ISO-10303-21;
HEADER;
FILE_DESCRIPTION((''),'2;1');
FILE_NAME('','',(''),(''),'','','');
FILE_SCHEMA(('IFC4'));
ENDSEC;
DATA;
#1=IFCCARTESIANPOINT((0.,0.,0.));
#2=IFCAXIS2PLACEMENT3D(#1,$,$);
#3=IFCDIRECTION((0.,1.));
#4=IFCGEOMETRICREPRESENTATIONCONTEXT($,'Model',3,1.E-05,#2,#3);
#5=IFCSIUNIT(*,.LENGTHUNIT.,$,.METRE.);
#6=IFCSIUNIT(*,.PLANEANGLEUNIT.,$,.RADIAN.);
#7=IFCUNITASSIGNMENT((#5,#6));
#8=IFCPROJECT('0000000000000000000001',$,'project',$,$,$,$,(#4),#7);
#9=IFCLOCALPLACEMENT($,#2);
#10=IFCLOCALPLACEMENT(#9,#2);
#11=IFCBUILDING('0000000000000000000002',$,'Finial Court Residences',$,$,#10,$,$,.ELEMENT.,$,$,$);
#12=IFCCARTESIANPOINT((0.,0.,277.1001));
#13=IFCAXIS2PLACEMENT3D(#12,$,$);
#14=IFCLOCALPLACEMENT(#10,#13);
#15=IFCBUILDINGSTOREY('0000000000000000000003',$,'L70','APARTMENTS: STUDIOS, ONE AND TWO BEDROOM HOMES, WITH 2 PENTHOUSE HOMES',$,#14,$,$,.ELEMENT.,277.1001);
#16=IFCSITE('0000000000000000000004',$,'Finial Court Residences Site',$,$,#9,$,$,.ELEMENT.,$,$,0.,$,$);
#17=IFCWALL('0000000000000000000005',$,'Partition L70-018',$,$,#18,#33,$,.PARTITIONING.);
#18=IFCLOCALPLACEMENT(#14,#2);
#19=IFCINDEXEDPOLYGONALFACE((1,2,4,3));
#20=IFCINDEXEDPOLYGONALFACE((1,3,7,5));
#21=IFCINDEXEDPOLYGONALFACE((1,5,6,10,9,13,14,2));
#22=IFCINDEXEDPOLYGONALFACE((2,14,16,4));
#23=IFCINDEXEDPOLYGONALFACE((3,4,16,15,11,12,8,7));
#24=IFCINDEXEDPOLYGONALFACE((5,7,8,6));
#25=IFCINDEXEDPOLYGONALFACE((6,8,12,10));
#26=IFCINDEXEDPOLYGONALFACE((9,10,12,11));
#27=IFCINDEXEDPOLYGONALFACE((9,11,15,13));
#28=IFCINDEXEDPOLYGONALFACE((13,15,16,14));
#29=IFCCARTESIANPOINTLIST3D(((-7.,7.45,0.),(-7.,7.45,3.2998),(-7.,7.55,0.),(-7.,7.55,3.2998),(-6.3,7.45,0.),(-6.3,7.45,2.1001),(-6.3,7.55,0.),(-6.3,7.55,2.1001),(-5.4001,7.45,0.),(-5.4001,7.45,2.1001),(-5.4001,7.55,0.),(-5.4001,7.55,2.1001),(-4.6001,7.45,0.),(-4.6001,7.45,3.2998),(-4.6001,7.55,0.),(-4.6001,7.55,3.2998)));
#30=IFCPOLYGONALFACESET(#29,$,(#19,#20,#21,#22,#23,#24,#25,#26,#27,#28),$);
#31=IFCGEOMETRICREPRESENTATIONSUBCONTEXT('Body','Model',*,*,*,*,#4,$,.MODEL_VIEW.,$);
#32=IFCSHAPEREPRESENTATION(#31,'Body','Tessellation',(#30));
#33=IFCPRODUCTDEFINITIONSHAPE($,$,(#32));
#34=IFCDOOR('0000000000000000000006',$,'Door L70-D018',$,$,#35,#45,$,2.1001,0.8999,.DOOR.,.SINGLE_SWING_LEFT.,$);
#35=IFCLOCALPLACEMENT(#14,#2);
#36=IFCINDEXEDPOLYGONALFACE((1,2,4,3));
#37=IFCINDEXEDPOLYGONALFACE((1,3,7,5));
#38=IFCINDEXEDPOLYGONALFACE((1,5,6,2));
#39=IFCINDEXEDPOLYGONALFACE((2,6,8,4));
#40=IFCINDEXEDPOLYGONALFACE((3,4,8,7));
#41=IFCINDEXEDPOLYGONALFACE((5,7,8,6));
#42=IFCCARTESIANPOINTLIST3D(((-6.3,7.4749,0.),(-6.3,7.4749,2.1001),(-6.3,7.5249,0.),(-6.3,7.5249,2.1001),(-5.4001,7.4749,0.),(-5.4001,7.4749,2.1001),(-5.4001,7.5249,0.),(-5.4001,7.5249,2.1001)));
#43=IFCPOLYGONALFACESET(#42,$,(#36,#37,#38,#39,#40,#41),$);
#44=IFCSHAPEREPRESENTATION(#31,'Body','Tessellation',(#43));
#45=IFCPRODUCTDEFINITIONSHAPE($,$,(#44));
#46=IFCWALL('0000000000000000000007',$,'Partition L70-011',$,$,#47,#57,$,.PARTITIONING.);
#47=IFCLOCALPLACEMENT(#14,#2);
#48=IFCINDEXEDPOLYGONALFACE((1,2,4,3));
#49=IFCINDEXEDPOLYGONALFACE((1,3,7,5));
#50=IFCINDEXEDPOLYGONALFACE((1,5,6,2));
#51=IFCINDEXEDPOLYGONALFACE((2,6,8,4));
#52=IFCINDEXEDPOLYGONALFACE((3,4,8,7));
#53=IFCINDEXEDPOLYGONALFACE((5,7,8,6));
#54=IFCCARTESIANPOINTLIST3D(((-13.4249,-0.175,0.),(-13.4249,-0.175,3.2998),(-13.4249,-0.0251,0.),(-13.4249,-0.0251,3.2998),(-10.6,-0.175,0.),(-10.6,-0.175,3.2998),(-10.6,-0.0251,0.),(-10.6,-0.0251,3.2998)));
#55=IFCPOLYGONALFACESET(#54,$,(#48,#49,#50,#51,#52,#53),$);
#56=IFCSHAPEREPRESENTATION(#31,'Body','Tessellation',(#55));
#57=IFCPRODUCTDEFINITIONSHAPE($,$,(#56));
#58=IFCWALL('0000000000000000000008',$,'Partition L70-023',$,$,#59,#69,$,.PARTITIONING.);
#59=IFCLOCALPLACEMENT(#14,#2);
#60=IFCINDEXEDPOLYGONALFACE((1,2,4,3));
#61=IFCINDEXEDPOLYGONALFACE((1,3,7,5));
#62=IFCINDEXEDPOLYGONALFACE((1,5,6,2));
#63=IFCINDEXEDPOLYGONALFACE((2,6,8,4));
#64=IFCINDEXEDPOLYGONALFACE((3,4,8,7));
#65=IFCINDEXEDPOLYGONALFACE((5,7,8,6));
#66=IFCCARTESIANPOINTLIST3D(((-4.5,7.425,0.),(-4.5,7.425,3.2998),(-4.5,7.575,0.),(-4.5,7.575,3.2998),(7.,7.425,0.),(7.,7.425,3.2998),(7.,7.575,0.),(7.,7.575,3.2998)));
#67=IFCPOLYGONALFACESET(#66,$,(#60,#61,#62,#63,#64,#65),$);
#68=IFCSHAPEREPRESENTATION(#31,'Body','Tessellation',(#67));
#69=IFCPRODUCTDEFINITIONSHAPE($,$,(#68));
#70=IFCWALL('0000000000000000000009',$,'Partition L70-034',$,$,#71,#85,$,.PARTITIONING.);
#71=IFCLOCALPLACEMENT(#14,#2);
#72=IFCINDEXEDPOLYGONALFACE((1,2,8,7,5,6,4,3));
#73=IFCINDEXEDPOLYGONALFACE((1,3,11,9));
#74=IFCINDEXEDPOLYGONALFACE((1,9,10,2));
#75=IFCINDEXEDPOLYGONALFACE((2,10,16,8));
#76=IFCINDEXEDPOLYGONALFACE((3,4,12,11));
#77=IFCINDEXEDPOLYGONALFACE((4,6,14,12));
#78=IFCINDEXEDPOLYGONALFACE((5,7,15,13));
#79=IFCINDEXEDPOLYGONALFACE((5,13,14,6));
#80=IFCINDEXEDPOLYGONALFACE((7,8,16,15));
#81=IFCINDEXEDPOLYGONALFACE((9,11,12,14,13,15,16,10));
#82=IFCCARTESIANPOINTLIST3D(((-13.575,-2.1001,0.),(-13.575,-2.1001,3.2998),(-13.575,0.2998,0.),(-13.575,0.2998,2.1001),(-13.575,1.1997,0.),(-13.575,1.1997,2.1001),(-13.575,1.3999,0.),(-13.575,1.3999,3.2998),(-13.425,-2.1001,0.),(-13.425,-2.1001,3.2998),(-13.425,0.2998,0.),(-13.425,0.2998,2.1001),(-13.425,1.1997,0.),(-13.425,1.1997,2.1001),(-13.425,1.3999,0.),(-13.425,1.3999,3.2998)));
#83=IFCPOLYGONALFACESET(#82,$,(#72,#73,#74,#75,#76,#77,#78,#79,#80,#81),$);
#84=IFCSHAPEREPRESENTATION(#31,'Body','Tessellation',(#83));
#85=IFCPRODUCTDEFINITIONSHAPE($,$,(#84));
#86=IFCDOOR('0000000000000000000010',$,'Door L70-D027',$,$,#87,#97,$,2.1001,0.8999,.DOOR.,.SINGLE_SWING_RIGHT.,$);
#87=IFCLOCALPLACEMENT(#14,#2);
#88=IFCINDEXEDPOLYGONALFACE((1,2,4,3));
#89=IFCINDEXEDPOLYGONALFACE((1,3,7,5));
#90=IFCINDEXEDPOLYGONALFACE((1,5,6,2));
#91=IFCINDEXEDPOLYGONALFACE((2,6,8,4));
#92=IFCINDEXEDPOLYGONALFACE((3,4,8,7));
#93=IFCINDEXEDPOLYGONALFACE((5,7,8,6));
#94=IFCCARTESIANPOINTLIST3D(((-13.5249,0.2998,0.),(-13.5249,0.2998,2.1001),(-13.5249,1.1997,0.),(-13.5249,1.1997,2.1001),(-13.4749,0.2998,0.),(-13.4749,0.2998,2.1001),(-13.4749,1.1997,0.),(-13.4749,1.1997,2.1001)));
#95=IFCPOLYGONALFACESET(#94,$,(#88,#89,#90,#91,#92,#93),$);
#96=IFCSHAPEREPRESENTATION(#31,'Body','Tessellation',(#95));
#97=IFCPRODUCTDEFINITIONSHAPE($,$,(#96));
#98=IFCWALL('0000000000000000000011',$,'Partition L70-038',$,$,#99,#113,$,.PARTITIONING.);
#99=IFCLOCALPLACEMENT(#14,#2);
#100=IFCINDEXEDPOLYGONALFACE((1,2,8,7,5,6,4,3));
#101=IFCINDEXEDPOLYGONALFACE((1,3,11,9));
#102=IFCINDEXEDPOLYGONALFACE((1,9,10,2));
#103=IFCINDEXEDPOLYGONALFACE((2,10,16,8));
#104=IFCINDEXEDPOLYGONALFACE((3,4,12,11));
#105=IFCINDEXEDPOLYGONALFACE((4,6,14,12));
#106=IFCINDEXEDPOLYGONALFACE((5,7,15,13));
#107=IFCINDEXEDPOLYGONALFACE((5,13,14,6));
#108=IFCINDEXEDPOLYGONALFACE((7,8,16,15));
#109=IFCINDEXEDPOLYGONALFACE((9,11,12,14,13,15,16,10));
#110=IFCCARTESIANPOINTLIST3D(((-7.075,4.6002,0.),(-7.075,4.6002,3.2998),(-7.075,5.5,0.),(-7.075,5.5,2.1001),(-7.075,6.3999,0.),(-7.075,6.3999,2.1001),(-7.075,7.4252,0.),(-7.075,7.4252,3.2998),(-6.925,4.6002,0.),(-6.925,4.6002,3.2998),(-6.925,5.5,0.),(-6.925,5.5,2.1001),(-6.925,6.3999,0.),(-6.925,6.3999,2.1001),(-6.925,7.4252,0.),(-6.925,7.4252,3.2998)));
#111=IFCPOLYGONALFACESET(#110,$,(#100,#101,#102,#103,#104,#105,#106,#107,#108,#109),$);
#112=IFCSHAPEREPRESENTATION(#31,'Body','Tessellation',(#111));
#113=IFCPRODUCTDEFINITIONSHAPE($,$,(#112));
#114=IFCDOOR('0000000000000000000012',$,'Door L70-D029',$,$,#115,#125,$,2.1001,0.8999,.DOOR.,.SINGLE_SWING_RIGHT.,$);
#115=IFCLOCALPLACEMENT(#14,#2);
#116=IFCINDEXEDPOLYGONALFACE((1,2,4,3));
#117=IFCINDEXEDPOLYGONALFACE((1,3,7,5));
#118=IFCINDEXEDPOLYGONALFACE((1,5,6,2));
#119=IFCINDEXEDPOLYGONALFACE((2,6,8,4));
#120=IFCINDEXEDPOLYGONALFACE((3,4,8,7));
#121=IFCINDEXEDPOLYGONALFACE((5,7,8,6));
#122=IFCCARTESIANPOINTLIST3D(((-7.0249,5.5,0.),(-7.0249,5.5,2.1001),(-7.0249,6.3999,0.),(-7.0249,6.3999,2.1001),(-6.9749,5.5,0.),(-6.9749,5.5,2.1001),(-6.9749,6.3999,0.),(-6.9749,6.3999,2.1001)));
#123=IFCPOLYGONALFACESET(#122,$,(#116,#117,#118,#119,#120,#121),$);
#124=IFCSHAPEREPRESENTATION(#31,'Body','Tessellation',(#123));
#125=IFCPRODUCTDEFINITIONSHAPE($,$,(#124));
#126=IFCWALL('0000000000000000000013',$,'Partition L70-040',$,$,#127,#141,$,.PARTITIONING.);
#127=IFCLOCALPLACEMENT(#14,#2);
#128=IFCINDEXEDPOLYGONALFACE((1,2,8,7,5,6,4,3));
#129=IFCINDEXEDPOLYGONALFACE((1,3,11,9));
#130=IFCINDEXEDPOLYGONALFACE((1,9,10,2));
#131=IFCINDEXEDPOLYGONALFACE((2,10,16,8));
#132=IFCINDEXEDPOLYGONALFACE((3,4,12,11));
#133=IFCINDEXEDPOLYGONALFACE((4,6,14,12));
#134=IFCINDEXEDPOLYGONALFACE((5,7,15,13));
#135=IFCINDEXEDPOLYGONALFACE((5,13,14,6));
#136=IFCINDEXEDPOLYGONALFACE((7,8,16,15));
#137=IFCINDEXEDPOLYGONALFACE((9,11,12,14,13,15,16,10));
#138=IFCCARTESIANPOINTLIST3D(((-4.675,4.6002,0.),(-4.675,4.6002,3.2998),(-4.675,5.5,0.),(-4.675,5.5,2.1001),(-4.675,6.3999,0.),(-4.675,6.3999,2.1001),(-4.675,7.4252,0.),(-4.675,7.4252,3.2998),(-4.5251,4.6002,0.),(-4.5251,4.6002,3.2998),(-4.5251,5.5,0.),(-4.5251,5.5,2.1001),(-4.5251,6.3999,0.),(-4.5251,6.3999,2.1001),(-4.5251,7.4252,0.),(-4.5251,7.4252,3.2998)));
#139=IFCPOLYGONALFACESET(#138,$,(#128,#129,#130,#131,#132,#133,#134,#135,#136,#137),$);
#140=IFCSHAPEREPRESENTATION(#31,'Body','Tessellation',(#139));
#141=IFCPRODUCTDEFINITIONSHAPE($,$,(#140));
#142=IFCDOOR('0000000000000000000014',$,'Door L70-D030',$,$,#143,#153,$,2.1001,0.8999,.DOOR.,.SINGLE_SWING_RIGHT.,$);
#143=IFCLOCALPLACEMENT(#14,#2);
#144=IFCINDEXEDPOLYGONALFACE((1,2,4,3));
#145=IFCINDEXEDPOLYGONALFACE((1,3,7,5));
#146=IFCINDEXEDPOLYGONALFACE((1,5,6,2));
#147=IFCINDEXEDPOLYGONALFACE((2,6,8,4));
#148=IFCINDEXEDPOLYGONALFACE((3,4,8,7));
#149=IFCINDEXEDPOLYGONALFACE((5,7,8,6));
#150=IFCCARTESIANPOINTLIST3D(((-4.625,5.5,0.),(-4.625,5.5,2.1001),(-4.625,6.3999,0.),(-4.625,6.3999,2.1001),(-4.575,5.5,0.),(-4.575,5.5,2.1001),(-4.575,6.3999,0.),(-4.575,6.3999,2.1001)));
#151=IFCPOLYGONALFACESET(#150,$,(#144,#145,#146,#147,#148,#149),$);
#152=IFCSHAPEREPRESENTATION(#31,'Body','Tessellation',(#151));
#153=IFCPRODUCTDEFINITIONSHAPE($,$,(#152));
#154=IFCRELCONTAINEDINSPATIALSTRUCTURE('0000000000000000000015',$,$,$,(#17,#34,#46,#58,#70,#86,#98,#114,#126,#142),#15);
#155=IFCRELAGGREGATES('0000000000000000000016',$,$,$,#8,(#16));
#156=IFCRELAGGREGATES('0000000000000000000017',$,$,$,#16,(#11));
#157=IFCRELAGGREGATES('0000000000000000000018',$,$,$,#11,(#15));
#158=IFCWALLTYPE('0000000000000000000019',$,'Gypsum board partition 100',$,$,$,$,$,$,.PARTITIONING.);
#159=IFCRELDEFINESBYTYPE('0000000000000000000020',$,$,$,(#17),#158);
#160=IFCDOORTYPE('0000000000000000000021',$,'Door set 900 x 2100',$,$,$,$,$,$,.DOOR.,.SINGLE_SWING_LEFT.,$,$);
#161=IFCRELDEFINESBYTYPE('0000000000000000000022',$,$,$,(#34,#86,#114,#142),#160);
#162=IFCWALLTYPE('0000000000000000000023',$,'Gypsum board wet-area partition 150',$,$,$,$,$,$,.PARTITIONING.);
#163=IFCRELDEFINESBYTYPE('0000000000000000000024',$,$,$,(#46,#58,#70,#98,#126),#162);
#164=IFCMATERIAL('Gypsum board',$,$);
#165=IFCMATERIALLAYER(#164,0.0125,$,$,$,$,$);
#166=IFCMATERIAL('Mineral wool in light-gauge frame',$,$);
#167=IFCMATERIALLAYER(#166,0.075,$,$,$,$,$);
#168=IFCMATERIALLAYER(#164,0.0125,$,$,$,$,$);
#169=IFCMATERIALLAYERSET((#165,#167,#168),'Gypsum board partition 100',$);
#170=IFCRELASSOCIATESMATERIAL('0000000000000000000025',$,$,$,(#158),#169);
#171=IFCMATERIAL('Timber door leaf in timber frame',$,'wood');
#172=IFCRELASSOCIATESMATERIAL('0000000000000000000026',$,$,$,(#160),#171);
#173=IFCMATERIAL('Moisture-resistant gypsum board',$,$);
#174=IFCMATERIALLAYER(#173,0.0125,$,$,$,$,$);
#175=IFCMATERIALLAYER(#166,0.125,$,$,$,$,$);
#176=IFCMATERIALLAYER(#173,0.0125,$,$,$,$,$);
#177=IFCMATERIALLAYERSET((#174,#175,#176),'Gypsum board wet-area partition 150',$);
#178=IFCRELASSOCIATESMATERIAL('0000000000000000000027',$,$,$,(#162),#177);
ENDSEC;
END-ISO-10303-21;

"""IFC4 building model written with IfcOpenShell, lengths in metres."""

from ifc_helpers import new_model, si_unit, direction, frame, frame_2d, origin, place, context, subcontext, project, spatial, rectangle, extrude, material, layer, layer_set, type_object, element, fill, save


model = new_model("IFC4")

# Units and contexts
model_context = context("Model", 3, precision=1e-05, world=origin(), true_north=direction((0.0, 1.0)))
body_context = subcontext(model_context, "Body", "Model", "MODEL_VIEW")
ifc_project = project(units=[si_unit("LENGTHUNIT", "METRE"), si_unit("PLANEANGLEUNIT", "RADIAN")], contexts=[model_context])

# Site, building, storey
site_placement = place(None, origin())
site = spatial("IfcSite", under=ifc_project, at=site_placement, Name="Finial Court Residences Site", CompositionType="ELEMENT", RefElevation=0.0)
building_placement = place(site_placement, origin())
building = spatial("IfcBuilding", under=site, at=building_placement, Name="Finial Court Residences", CompositionType="ELEMENT")
storey_placement = place(building_placement, frame((0.0, 0.0, 277.1001)))
storey = spatial("IfcBuildingStorey", under=building, at=storey_placement, Name="L70", Description="APARTMENTS: STUDIOS, ONE AND TWO BEDROOM HOMES, WITH 2 PENTHOUSE HOMES", CompositionType="ELEMENT", Elevation=277.1001)

# Shared definitions
ifc_material_1 = material(Name="Gypsum board")

# Wall, opening, door
ifc_layer_1 = layer(ifc_material_1, 0.0125)
ifc_material_2 = material(Name="Mineral wool in light-gauge frame")
ifc_layer_2 = layer(ifc_material_2, 0.075)
ifc_layer_3 = layer(ifc_material_1, 0.0125)
ifc_layer_set_1 = layer_set([ifc_layer_1, ifc_layer_2, ifc_layer_3], Name="Gypsum board partition 100")
wall_type_1 = type_object("IfcWallType", Name="Gypsum board partition 100", PredefinedType="PARTITIONING", material=ifc_layer_set_1)
wall_1_placement = place(storey_placement, frame((-7.0, 7.5, 0.0), z_axis=(0.0, 0.0, 1.0), x_axis=(1.0, 0.0, 0.0)))
wall_1 = element("IfcWall", 1, at=wall_1_placement, inside=storey, type_object=wall_type_1, Name="Partition L70-018", PredefinedType="PARTITIONING", context=body_context, shape_type="SweptSolid", body=[
    extrude(rectangle(XDim=2.3999, YDim=0.1001, at=frame_2d((1.2, 0.0))), origin(), (0.0, 0.0, 1.0), 3.2998),
])
opening_1_placement = place(wall_1_placement, frame((0.7, 0.0, 0.0)))
opening_1 = element("IfcOpeningElement", 2, at=opening_1_placement, cuts=wall_1, PredefinedType="OPENING", context=body_context, shape_type="SweptSolid", body=[
    extrude(rectangle(XDim=0.8999, YDim=2.1001, at=frame_2d((0.45, 1.05))), frame((0.0, 0.0601, 0.0), z_axis=(0.0, -1.0, 0.0), x_axis=(1.0, 0.0, 0.0)), (0.0, 0.0, 1.0), 0.1201),
])
ifc_material_3 = material(Name="Timber door leaf in timber frame", Category="wood")
door_type = type_object("IfcDoorType", Name="Door set 900 x 2100", OperationType="SINGLE_SWING_LEFT", PredefinedType="DOOR", material=ifc_material_3)
door_1_placement = place(opening_1_placement, origin())
door_1 = element("IfcDoor", 3, at=door_1_placement, inside=storey, type_object=door_type, Name="Door L70-D018", OperationType="SINGLE_SWING_LEFT", OverallHeight=2.1001, OverallWidth=0.8999, PredefinedType="DOOR", context=body_context, shape_type="SweptSolid", body=[
    extrude(rectangle(XDim=0.8999, YDim=2.1001, at=frame_2d((0.45, 1.05))), frame((0.0, 0.0249, 0.0), z_axis=(0.0, -1.0, 0.0), x_axis=(1.0, 0.0, 0.0)), (0.0, 0.0, 1.0), 0.05),
])
fill(opening_1, door_1)

# Walls
ifc_material_4 = material(Name="Moisture-resistant gypsum board")
ifc_layer_4 = layer(ifc_material_4, 0.0125)
ifc_layer_5 = layer(ifc_material_2, 0.125)
ifc_layer_6 = layer(ifc_material_4, 0.0125)
ifc_layer_set_2 = layer_set([ifc_layer_4, ifc_layer_5, ifc_layer_6], Name="Gypsum board wet-area partition 150")
wall_type_2 = type_object("IfcWallType", Name="Gypsum board wet-area partition 150", PredefinedType="PARTITIONING", material=ifc_layer_set_2)
wall_2_placement = place(storey_placement, frame((-13.425, -0.1001, 0.0), z_axis=(0.0, 0.0, 1.0), x_axis=(1.0, 0.0, 0.0)))
element("IfcWall", 4, at=wall_2_placement, inside=storey, type_object=wall_type_2, Name="Partition L70-011", PredefinedType="PARTITIONING", context=body_context, shape_type="SweptSolid", body=[
    extrude(rectangle(XDim=2.825, YDim=0.1499, at=frame_2d((1.4126, 0.0))), origin(), (0.0, 0.0, 1.0), 3.2998),
])
wall_3_placement = place(storey_placement, frame((-4.5, 7.5, 0.0), z_axis=(0.0, 0.0, 1.0), x_axis=(1.0, 0.0, 0.0)))
element("IfcWall", 5, at=wall_3_placement, inside=storey, type_object=wall_type_2, Name="Partition L70-023", PredefinedType="PARTITIONING", context=body_context, shape_type="SweptSolid", body=[
    extrude(rectangle(XDim=11.5, YDim=0.1499, at=frame_2d((5.75, 0.0))), origin(), (0.0, 0.0, 1.0), 3.2998),
])

# Walls, openings, doors
wall_4_placement = place(storey_placement, frame((-13.5, -2.1001, 0.0), z_axis=(0.0, 0.0, 1.0), x_axis=(0.0, 1.0, 0.0)))
wall_4 = element("IfcWall", 6, at=wall_4_placement, inside=storey, type_object=wall_type_2, Name="Partition L70-034", PredefinedType="PARTITIONING", context=body_context, shape_type="SweptSolid", body=[
    extrude(rectangle(XDim=3.5, YDim=0.1499, at=frame_2d((1.75, 0.0))), origin(), (0.0, 0.0, 1.0), 3.2998),
])
opening_2_placement = place(wall_4_placement, frame((2.3999, 0.0, 0.0)))
opening_2 = element("IfcOpeningElement", 7, at=opening_2_placement, cuts=wall_4, PredefinedType="OPENING", context=body_context, shape_type="SweptSolid", body=[
    extrude(rectangle(XDim=0.8999, YDim=2.1001, at=frame_2d((0.45, 1.05))), frame((0.0, 0.085, 0.0), z_axis=(0.0, -1.0, 0.0), x_axis=(1.0, 0.0, 0.0)), (0.0, 0.0, 1.0), 0.1699),
])
door_2_placement = place(opening_2_placement, origin())
door_2 = element("IfcDoor", 8, at=door_2_placement, inside=storey, type_object=door_type, Name="Door L70-D027", OperationType="SINGLE_SWING_RIGHT", OverallHeight=2.1001, OverallWidth=0.8999, PredefinedType="DOOR", context=body_context, shape_type="SweptSolid", body=[
    extrude(rectangle(XDim=0.8999, YDim=2.1001, at=frame_2d((0.45, 1.05))), frame((0.0, 0.0249, 0.0), z_axis=(0.0, -1.0, 0.0), x_axis=(1.0, 0.0, 0.0)), (0.0, 0.0, 1.0), 0.05),
])
fill(opening_2, door_2)
wall_5_placement = place(storey_placement, frame((-7.0, 4.6001, 0.0), z_axis=(0.0, 0.0, 1.0), x_axis=(0.0, 1.0, 0.0)))
wall_5 = element("IfcWall", 9, at=wall_5_placement, inside=storey, type_object=wall_type_2, Name="Partition L70-038", PredefinedType="PARTITIONING", context=body_context, shape_type="SweptSolid", body=[
    extrude(rectangle(XDim=2.825, YDim=0.1499, at=frame_2d((1.4126, 0.0))), origin(), (0.0, 0.0, 1.0), 3.2998),
])
opening_3_placement = place(wall_5_placement, frame((0.8999, 0.0, 0.0)))
opening_3 = element("IfcOpeningElement", 10, at=opening_3_placement, cuts=wall_5, PredefinedType="OPENING", context=body_context, shape_type="SweptSolid", body=[
    extrude(rectangle(XDim=0.8999, YDim=2.1001, at=frame_2d((0.45, 1.05))), frame((0.0, 0.085, 0.0), z_axis=(0.0, -1.0, 0.0), x_axis=(1.0, 0.0, 0.0)), (0.0, 0.0, 1.0), 0.1699),
])
door_3_placement = place(opening_3_placement, origin())
door_3 = element("IfcDoor", 11, at=door_3_placement, inside=storey, type_object=door_type, Name="Door L70-D029", OperationType="SINGLE_SWING_RIGHT", OverallHeight=2.1001, OverallWidth=0.8999, PredefinedType="DOOR", context=body_context, shape_type="SweptSolid", body=[
    extrude(rectangle(XDim=0.8999, YDim=2.1001, at=frame_2d((0.45, 1.05))), frame((0.0, 0.0249, 0.0), z_axis=(0.0, -1.0, 0.0), x_axis=(1.0, 0.0, 0.0)), (0.0, 0.0, 1.0), 0.05),
])
fill(opening_3, door_3)
wall_6_placement = place(storey_placement, frame((-4.6001, 4.6001, 0.0), z_axis=(0.0, 0.0, 1.0), x_axis=(0.0, 1.0, 0.0)))
wall_6 = element("IfcWall", 12, at=wall_6_placement, inside=storey, type_object=wall_type_2, Name="Partition L70-040", PredefinedType="PARTITIONING", context=body_context, shape_type="SweptSolid", body=[
    extrude(rectangle(XDim=2.825, YDim=0.1499, at=frame_2d((1.4126, 0.0))), origin(), (0.0, 0.0, 1.0), 3.2998),
])
opening_4_placement = place(wall_6_placement, frame((0.8999, 0.0, 0.0)))
opening_4 = element("IfcOpeningElement", 13, at=opening_4_placement, cuts=wall_6, PredefinedType="OPENING", context=body_context, shape_type="SweptSolid", body=[
    extrude(rectangle(XDim=0.8999, YDim=2.1001, at=frame_2d((0.45, 1.05))), frame((0.0, 0.085, 0.0), z_axis=(0.0, -1.0, 0.0), x_axis=(1.0, 0.0, 0.0)), (0.0, 0.0, 1.0), 0.1699),
])
door_4_placement = place(opening_4_placement, origin())
door_4 = element("IfcDoor", 14, at=door_4_placement, inside=storey, type_object=door_type, Name="Door L70-D030", OperationType="SINGLE_SWING_RIGHT", OverallHeight=2.1001, OverallWidth=0.8999, PredefinedType="DOOR", context=body_context, shape_type="SweptSolid", body=[
    extrude(rectangle(XDim=0.8999, YDim=2.1001, at=frame_2d((0.45, 1.05))), frame((0.0, 0.0249, 0.0), z_axis=(0.0, -1.0, 0.0), x_axis=(1.0, 0.0, 0.0)), (0.0, 0.0, 1.0), 0.05),
])
fill(opening_4, door_4)

save(model, "model.ifc")
